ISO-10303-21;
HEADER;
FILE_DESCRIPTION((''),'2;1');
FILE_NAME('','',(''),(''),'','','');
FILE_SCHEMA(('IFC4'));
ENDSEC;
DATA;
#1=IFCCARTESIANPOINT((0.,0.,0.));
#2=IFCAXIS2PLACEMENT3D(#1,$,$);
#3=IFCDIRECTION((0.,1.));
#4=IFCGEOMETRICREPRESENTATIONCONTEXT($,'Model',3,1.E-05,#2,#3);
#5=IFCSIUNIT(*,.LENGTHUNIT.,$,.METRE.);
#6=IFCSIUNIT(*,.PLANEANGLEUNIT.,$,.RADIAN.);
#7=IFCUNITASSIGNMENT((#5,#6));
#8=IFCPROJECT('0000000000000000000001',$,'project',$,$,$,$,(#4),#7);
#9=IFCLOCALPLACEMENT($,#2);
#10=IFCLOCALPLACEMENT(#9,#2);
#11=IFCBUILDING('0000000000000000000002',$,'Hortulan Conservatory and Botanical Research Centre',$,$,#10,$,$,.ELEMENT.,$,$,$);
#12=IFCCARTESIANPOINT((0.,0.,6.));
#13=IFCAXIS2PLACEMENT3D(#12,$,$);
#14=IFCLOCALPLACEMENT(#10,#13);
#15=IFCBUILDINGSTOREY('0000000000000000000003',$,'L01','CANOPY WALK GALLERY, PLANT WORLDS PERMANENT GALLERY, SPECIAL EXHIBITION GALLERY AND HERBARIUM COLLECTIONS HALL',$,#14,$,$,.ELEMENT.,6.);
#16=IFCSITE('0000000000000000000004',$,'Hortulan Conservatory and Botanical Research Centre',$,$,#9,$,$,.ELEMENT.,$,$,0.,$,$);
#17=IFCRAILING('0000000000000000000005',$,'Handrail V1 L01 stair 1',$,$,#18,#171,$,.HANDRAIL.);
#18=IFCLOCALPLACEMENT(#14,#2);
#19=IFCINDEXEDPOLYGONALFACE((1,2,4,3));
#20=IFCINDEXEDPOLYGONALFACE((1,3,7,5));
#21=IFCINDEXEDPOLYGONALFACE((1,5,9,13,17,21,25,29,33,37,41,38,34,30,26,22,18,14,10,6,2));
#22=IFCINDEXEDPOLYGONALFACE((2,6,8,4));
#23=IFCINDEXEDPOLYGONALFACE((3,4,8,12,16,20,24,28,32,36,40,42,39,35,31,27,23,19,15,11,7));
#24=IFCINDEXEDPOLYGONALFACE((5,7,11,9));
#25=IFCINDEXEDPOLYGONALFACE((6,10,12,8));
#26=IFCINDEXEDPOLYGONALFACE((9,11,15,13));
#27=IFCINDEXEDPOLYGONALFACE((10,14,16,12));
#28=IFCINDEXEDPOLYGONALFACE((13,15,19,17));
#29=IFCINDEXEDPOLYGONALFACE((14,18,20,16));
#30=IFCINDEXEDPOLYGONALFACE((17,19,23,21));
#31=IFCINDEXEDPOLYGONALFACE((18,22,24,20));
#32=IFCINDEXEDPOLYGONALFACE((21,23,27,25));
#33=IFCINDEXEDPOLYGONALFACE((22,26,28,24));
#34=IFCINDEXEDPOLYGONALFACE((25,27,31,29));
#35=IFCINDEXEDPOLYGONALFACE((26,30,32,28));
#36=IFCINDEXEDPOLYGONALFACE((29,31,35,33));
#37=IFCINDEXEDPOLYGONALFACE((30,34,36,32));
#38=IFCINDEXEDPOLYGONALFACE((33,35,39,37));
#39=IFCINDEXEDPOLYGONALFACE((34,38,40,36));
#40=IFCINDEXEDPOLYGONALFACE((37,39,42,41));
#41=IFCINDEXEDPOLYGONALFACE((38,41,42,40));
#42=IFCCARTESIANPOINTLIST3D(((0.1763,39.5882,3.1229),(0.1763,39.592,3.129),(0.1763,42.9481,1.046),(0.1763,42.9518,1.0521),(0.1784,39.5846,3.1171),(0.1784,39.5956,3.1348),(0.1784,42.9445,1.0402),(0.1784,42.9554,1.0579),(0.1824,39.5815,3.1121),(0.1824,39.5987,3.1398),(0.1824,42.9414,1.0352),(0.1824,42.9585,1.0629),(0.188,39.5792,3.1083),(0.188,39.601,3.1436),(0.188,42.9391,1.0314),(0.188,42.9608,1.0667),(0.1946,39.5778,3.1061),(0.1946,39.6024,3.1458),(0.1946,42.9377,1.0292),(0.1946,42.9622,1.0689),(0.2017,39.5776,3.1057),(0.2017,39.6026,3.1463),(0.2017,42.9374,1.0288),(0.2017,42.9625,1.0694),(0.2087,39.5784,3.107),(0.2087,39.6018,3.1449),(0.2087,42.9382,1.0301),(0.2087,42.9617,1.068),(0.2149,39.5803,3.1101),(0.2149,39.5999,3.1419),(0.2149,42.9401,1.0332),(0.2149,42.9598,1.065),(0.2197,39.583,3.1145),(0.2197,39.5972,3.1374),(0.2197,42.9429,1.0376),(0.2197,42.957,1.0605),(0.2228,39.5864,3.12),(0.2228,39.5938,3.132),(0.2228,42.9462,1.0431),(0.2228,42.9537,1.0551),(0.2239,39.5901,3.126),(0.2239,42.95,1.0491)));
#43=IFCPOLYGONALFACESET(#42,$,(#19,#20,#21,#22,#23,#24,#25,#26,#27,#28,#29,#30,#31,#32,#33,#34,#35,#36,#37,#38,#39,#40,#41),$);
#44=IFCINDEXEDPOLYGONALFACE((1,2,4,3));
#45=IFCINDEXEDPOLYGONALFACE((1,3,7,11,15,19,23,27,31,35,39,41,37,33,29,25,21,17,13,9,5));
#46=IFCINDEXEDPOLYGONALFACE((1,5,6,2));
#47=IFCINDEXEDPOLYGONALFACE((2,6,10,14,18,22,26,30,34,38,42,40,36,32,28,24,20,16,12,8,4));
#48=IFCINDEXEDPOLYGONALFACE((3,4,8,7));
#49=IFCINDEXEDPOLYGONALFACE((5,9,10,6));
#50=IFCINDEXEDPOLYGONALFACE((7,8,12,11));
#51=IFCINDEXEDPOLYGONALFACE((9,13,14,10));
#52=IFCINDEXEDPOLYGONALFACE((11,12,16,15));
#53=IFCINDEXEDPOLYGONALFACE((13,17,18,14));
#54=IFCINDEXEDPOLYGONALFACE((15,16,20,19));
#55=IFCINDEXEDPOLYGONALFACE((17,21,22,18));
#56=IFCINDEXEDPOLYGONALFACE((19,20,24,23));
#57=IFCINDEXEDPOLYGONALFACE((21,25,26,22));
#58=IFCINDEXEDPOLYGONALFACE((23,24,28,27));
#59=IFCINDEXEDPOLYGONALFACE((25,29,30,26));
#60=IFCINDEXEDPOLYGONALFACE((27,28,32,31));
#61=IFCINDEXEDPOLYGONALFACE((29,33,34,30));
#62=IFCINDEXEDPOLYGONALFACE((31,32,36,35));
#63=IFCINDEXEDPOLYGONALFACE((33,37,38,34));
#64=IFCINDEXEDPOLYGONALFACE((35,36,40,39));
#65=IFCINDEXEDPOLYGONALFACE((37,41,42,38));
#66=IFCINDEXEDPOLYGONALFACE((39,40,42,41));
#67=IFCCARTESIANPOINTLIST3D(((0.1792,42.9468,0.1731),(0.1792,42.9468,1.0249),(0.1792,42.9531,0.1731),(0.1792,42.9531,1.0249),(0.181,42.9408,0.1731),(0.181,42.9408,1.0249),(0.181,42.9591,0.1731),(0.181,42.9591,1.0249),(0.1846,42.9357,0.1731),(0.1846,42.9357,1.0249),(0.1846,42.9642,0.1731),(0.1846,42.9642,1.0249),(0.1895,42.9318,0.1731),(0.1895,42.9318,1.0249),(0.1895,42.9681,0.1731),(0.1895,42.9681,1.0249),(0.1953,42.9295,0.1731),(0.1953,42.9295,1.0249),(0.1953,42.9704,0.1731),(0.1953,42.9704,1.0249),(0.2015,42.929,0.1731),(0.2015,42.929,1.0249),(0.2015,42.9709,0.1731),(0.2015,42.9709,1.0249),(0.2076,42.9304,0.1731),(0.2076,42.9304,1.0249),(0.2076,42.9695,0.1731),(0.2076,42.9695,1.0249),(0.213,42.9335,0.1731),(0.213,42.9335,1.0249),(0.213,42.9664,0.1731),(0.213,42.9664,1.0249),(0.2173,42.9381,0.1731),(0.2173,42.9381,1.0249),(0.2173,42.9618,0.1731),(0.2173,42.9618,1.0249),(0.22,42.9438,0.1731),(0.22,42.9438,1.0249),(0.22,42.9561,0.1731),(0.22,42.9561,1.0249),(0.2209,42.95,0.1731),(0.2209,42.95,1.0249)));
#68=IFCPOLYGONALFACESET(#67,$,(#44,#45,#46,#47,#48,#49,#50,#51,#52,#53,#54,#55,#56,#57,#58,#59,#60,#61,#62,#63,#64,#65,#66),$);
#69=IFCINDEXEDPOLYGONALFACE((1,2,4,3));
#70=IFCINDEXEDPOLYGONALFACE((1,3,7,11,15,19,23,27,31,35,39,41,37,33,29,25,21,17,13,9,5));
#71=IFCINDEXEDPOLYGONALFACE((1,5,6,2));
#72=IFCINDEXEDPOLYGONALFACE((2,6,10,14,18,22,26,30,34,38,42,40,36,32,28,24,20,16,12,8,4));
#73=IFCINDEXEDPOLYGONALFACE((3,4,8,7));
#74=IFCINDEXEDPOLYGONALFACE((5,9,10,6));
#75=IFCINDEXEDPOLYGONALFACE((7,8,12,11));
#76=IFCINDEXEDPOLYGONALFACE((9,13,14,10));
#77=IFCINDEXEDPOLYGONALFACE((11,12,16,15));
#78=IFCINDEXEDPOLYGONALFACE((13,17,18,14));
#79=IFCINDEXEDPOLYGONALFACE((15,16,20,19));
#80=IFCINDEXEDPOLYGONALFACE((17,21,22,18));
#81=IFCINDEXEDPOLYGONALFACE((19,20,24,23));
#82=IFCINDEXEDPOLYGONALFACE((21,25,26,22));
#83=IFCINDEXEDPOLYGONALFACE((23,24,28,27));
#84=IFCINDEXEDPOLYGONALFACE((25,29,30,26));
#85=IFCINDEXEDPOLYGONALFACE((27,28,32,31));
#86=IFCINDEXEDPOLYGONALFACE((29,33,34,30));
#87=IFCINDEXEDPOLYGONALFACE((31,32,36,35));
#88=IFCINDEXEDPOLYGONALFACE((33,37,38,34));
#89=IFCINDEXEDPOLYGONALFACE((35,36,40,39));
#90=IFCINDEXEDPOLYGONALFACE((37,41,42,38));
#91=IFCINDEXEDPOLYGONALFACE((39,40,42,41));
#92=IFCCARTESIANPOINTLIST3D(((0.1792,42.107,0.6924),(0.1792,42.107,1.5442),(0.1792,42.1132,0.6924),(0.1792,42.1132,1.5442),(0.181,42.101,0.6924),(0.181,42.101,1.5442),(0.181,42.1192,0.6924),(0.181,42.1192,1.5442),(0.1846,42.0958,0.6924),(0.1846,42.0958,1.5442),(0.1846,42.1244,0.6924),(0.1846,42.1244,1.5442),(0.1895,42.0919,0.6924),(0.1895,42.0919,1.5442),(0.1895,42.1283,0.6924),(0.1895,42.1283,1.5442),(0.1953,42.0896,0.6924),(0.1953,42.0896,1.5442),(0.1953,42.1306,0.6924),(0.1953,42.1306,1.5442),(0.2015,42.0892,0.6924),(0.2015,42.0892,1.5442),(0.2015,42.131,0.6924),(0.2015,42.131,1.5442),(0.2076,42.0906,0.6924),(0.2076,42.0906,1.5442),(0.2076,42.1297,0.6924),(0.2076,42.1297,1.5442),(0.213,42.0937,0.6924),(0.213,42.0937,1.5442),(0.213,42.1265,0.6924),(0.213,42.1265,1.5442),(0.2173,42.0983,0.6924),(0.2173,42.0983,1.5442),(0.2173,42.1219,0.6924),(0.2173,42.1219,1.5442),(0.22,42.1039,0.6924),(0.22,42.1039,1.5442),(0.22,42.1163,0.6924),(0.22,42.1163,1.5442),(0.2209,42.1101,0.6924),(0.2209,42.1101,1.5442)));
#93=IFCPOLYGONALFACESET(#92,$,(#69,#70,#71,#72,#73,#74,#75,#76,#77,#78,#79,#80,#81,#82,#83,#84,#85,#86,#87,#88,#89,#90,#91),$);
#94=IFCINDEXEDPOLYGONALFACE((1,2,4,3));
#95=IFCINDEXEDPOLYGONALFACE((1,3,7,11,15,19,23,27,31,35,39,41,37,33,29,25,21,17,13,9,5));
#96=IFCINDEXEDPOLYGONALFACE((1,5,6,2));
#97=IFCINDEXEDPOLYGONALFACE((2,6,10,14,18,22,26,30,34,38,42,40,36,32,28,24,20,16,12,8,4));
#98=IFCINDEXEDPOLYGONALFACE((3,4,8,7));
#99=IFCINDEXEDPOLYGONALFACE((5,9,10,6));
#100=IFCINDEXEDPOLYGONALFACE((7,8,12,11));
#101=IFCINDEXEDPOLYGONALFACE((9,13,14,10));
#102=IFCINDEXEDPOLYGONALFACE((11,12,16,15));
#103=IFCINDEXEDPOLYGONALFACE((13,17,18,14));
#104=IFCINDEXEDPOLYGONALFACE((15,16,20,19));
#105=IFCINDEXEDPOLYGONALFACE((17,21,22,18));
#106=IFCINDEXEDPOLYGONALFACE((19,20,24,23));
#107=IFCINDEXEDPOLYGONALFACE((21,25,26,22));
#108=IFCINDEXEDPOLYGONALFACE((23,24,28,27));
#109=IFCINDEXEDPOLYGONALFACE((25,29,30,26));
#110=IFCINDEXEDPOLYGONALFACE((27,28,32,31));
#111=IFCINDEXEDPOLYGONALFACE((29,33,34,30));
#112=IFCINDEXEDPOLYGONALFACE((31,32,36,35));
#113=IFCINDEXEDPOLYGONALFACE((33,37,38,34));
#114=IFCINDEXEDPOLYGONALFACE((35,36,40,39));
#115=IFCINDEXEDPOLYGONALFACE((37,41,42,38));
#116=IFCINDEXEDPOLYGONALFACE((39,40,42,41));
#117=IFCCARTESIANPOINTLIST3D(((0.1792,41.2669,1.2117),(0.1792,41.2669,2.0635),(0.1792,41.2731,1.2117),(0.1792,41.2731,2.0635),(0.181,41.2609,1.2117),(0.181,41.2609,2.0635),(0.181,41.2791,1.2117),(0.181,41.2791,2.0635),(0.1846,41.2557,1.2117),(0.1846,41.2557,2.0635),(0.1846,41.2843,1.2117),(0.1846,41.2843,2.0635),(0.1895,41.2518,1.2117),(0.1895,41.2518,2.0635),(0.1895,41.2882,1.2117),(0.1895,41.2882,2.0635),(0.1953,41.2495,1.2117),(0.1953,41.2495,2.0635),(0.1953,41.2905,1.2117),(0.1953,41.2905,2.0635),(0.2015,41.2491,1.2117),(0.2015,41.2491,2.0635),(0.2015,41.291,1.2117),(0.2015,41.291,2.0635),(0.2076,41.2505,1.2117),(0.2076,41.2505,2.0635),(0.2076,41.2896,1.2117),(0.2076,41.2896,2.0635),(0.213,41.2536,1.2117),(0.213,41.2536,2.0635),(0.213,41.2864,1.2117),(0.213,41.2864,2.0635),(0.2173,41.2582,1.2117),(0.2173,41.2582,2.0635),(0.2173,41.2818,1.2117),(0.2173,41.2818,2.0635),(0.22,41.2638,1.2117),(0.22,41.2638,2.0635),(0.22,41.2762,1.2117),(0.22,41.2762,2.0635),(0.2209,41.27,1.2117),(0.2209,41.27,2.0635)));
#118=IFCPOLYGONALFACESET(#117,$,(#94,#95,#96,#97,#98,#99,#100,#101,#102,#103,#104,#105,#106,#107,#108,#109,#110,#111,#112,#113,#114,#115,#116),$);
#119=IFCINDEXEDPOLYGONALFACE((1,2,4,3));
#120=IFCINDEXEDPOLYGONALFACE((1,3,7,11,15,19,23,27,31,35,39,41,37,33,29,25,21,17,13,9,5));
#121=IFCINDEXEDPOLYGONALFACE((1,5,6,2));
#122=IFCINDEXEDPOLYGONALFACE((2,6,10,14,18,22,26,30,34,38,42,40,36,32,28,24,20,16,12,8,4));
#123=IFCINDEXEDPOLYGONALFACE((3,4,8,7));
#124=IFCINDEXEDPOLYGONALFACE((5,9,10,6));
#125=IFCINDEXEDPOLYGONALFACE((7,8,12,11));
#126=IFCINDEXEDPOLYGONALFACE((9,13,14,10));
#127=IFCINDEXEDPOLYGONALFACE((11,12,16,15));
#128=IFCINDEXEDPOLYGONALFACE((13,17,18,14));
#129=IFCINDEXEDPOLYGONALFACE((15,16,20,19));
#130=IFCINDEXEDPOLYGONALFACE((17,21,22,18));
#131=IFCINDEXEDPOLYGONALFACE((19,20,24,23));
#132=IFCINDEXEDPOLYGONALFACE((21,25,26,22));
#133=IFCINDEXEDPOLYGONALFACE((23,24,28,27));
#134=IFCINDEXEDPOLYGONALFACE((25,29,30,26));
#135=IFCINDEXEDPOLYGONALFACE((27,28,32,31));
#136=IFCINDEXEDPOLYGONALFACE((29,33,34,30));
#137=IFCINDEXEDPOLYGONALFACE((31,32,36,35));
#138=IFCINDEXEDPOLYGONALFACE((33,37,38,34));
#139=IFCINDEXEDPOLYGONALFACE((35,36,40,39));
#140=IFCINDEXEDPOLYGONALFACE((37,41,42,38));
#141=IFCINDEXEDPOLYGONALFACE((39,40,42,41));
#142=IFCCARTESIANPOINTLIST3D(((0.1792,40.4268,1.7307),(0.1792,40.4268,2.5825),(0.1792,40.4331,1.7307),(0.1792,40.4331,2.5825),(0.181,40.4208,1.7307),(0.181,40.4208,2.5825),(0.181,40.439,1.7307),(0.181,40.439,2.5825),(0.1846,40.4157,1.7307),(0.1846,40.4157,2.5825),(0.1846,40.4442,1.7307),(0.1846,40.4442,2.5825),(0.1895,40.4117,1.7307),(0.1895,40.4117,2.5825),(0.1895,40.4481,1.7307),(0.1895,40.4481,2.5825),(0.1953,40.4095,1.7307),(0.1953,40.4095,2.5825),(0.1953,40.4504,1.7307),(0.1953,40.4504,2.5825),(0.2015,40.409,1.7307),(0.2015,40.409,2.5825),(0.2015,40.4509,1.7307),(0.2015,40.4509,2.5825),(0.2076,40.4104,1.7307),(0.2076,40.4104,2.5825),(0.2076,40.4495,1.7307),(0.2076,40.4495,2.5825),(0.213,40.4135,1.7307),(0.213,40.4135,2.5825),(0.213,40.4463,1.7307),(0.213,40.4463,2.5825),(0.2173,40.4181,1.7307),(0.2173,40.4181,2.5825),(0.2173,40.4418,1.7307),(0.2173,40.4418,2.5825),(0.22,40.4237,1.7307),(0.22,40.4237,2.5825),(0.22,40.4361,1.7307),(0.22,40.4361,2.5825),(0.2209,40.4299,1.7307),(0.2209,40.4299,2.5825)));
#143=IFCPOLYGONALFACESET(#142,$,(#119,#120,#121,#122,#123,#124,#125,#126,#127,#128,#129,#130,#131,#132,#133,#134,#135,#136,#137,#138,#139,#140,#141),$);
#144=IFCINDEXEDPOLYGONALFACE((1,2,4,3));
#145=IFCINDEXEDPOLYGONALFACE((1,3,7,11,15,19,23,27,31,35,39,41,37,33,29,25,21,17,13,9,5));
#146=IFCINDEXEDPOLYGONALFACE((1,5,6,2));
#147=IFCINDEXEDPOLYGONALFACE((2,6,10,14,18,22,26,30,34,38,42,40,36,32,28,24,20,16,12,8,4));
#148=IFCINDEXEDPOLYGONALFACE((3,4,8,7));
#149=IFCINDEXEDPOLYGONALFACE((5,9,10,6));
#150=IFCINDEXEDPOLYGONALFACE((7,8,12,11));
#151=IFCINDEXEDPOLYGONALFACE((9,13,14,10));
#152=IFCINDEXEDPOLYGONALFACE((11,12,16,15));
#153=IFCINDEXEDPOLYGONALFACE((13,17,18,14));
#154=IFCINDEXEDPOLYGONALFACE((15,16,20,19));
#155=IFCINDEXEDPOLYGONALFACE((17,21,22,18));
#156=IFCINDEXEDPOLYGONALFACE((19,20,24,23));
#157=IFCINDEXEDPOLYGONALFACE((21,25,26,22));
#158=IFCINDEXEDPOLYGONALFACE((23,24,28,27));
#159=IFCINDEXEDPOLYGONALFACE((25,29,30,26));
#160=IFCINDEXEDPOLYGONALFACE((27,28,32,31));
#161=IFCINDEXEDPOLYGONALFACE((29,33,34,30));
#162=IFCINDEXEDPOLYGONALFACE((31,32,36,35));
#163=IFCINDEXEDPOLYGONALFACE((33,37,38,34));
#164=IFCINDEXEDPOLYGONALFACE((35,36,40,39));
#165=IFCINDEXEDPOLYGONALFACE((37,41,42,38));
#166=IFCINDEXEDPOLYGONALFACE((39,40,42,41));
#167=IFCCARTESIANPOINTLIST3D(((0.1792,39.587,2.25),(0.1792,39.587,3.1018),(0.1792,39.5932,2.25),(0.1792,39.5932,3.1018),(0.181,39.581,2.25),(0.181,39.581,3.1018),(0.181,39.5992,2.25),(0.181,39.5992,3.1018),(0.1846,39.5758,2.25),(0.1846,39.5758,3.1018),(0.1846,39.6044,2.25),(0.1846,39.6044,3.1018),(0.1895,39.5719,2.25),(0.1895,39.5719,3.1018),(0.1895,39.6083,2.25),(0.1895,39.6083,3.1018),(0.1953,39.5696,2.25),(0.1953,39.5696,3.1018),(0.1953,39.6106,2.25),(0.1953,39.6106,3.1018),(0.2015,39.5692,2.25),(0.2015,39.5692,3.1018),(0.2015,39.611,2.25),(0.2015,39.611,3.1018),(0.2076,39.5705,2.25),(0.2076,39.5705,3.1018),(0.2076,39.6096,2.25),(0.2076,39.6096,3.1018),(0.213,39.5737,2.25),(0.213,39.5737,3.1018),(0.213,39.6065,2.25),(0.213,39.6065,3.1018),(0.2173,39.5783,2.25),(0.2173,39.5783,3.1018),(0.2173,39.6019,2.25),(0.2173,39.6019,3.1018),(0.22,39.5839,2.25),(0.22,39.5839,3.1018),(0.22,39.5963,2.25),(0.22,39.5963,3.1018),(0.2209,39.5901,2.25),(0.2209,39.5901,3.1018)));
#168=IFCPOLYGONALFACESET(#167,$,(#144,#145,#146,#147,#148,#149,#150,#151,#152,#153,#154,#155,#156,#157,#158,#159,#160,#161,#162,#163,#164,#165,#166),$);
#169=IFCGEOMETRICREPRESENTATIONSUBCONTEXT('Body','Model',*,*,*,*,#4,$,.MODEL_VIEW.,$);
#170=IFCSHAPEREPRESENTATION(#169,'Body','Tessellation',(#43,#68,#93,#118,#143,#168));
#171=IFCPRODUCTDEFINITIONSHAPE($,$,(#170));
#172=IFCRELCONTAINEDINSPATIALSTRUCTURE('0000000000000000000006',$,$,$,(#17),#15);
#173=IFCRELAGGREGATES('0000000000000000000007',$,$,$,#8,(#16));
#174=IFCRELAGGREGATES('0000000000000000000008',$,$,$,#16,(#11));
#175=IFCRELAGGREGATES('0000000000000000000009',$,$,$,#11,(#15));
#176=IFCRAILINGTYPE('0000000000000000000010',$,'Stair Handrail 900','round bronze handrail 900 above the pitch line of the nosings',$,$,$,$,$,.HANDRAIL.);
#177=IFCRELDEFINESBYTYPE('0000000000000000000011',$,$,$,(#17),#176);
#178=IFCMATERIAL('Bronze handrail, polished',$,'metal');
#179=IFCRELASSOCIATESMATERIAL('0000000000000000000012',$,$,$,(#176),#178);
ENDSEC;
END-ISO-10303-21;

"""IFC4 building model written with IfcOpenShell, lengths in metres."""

from ifc_helpers import new_model, si_unit, direction, frame, origin, origin_2d, place, context, subcontext, project, spatial, circle, extrude, material, type_object, element, save


model = new_model("IFC4")

# Units and contexts
model_context = context("Model", 3, precision=1e-05, world=origin(), true_north=direction((0.0, 1.0)))
body_context = subcontext(model_context, "Body", "Model", "MODEL_VIEW")
ifc_project = project(units=[si_unit("LENGTHUNIT", "METRE"), si_unit("PLANEANGLEUNIT", "RADIAN")], contexts=[model_context])

# Site, building, storey
site_placement = place(None, origin())
site = spatial("IfcSite", under=ifc_project, at=site_placement, Name="Hortulan Conservatory and Botanical Research Centre", CompositionType="ELEMENT", RefElevation=0.0)
building_placement = place(site_placement, origin())
building = spatial("IfcBuilding", under=site, at=building_placement, Name="Hortulan Conservatory and Botanical Research Centre", CompositionType="ELEMENT")
storey_placement = place(building_placement, frame((0.0, 0.0, 6.0)))
storey = spatial("IfcBuildingStorey", under=building, at=storey_placement, Name="L01", Description="CANOPY WALK GALLERY, PLANT WORLDS PERMANENT GALLERY, SPECIAL EXHIBITION GALLERY AND HERBARIUM COLLECTIONS HALL", CompositionType="ELEMENT", Elevation=6.0)

# Railing
ifc_material_1 = material(Name="Bronze handrail, polished", Category="metal")
railing_type_1 = type_object("IfcRailingType", Name="Stair Handrail 900", Description="round bronze handrail 900 above the pitch line of the nosings", PredefinedType="HANDRAIL", material=ifc_material_1)
for number, where, name in (
    (1, (0.2, 42.95, 0.1731), "Handrail V1 L01 stair 1"),
):
    element("IfcRailing", number, at=place(storey_placement, frame(where)), inside=storey, type_object=railing_type_1, Name=name, PredefinedType="HANDRAIL", context=body_context, shape_type="SweptSolid", body=[
        extrude(circle(Radius=0.0239, at=origin_2d()), frame((0.0, 0.0, 0.876), z_axis=(0.0, -0.850606, 0.525803), x_axis=(1.0, 0.0, 0.0)), (0.0, 0.0, 1.0), 3.95),
        extrude(circle(Radius=0.021, at=origin_2d()), origin(), (0.0, 0.0, 1.0), 0.8518),
        extrude(circle(Radius=0.021, at=origin_2d()), frame((0.0, -0.8398, 0.5193)), (0.0, 0.0, 1.0), 0.8518),
        extrude(circle(Radius=0.021, at=origin_2d()), frame((0.0, -1.6799, 1.0386)), (0.0, 0.0, 1.0), 0.8518),
        extrude(circle(Radius=0.021, at=origin_2d()), frame((0.0, -2.52, 1.5576)), (0.0, 0.0, 1.0), 0.8518),
        extrude(circle(Radius=0.021, at=origin_2d()), frame((0.0, -3.3599, 2.0769)), (0.0, 0.0, 1.0), 0.8518),
    ])

save(model, "model.ifc")
